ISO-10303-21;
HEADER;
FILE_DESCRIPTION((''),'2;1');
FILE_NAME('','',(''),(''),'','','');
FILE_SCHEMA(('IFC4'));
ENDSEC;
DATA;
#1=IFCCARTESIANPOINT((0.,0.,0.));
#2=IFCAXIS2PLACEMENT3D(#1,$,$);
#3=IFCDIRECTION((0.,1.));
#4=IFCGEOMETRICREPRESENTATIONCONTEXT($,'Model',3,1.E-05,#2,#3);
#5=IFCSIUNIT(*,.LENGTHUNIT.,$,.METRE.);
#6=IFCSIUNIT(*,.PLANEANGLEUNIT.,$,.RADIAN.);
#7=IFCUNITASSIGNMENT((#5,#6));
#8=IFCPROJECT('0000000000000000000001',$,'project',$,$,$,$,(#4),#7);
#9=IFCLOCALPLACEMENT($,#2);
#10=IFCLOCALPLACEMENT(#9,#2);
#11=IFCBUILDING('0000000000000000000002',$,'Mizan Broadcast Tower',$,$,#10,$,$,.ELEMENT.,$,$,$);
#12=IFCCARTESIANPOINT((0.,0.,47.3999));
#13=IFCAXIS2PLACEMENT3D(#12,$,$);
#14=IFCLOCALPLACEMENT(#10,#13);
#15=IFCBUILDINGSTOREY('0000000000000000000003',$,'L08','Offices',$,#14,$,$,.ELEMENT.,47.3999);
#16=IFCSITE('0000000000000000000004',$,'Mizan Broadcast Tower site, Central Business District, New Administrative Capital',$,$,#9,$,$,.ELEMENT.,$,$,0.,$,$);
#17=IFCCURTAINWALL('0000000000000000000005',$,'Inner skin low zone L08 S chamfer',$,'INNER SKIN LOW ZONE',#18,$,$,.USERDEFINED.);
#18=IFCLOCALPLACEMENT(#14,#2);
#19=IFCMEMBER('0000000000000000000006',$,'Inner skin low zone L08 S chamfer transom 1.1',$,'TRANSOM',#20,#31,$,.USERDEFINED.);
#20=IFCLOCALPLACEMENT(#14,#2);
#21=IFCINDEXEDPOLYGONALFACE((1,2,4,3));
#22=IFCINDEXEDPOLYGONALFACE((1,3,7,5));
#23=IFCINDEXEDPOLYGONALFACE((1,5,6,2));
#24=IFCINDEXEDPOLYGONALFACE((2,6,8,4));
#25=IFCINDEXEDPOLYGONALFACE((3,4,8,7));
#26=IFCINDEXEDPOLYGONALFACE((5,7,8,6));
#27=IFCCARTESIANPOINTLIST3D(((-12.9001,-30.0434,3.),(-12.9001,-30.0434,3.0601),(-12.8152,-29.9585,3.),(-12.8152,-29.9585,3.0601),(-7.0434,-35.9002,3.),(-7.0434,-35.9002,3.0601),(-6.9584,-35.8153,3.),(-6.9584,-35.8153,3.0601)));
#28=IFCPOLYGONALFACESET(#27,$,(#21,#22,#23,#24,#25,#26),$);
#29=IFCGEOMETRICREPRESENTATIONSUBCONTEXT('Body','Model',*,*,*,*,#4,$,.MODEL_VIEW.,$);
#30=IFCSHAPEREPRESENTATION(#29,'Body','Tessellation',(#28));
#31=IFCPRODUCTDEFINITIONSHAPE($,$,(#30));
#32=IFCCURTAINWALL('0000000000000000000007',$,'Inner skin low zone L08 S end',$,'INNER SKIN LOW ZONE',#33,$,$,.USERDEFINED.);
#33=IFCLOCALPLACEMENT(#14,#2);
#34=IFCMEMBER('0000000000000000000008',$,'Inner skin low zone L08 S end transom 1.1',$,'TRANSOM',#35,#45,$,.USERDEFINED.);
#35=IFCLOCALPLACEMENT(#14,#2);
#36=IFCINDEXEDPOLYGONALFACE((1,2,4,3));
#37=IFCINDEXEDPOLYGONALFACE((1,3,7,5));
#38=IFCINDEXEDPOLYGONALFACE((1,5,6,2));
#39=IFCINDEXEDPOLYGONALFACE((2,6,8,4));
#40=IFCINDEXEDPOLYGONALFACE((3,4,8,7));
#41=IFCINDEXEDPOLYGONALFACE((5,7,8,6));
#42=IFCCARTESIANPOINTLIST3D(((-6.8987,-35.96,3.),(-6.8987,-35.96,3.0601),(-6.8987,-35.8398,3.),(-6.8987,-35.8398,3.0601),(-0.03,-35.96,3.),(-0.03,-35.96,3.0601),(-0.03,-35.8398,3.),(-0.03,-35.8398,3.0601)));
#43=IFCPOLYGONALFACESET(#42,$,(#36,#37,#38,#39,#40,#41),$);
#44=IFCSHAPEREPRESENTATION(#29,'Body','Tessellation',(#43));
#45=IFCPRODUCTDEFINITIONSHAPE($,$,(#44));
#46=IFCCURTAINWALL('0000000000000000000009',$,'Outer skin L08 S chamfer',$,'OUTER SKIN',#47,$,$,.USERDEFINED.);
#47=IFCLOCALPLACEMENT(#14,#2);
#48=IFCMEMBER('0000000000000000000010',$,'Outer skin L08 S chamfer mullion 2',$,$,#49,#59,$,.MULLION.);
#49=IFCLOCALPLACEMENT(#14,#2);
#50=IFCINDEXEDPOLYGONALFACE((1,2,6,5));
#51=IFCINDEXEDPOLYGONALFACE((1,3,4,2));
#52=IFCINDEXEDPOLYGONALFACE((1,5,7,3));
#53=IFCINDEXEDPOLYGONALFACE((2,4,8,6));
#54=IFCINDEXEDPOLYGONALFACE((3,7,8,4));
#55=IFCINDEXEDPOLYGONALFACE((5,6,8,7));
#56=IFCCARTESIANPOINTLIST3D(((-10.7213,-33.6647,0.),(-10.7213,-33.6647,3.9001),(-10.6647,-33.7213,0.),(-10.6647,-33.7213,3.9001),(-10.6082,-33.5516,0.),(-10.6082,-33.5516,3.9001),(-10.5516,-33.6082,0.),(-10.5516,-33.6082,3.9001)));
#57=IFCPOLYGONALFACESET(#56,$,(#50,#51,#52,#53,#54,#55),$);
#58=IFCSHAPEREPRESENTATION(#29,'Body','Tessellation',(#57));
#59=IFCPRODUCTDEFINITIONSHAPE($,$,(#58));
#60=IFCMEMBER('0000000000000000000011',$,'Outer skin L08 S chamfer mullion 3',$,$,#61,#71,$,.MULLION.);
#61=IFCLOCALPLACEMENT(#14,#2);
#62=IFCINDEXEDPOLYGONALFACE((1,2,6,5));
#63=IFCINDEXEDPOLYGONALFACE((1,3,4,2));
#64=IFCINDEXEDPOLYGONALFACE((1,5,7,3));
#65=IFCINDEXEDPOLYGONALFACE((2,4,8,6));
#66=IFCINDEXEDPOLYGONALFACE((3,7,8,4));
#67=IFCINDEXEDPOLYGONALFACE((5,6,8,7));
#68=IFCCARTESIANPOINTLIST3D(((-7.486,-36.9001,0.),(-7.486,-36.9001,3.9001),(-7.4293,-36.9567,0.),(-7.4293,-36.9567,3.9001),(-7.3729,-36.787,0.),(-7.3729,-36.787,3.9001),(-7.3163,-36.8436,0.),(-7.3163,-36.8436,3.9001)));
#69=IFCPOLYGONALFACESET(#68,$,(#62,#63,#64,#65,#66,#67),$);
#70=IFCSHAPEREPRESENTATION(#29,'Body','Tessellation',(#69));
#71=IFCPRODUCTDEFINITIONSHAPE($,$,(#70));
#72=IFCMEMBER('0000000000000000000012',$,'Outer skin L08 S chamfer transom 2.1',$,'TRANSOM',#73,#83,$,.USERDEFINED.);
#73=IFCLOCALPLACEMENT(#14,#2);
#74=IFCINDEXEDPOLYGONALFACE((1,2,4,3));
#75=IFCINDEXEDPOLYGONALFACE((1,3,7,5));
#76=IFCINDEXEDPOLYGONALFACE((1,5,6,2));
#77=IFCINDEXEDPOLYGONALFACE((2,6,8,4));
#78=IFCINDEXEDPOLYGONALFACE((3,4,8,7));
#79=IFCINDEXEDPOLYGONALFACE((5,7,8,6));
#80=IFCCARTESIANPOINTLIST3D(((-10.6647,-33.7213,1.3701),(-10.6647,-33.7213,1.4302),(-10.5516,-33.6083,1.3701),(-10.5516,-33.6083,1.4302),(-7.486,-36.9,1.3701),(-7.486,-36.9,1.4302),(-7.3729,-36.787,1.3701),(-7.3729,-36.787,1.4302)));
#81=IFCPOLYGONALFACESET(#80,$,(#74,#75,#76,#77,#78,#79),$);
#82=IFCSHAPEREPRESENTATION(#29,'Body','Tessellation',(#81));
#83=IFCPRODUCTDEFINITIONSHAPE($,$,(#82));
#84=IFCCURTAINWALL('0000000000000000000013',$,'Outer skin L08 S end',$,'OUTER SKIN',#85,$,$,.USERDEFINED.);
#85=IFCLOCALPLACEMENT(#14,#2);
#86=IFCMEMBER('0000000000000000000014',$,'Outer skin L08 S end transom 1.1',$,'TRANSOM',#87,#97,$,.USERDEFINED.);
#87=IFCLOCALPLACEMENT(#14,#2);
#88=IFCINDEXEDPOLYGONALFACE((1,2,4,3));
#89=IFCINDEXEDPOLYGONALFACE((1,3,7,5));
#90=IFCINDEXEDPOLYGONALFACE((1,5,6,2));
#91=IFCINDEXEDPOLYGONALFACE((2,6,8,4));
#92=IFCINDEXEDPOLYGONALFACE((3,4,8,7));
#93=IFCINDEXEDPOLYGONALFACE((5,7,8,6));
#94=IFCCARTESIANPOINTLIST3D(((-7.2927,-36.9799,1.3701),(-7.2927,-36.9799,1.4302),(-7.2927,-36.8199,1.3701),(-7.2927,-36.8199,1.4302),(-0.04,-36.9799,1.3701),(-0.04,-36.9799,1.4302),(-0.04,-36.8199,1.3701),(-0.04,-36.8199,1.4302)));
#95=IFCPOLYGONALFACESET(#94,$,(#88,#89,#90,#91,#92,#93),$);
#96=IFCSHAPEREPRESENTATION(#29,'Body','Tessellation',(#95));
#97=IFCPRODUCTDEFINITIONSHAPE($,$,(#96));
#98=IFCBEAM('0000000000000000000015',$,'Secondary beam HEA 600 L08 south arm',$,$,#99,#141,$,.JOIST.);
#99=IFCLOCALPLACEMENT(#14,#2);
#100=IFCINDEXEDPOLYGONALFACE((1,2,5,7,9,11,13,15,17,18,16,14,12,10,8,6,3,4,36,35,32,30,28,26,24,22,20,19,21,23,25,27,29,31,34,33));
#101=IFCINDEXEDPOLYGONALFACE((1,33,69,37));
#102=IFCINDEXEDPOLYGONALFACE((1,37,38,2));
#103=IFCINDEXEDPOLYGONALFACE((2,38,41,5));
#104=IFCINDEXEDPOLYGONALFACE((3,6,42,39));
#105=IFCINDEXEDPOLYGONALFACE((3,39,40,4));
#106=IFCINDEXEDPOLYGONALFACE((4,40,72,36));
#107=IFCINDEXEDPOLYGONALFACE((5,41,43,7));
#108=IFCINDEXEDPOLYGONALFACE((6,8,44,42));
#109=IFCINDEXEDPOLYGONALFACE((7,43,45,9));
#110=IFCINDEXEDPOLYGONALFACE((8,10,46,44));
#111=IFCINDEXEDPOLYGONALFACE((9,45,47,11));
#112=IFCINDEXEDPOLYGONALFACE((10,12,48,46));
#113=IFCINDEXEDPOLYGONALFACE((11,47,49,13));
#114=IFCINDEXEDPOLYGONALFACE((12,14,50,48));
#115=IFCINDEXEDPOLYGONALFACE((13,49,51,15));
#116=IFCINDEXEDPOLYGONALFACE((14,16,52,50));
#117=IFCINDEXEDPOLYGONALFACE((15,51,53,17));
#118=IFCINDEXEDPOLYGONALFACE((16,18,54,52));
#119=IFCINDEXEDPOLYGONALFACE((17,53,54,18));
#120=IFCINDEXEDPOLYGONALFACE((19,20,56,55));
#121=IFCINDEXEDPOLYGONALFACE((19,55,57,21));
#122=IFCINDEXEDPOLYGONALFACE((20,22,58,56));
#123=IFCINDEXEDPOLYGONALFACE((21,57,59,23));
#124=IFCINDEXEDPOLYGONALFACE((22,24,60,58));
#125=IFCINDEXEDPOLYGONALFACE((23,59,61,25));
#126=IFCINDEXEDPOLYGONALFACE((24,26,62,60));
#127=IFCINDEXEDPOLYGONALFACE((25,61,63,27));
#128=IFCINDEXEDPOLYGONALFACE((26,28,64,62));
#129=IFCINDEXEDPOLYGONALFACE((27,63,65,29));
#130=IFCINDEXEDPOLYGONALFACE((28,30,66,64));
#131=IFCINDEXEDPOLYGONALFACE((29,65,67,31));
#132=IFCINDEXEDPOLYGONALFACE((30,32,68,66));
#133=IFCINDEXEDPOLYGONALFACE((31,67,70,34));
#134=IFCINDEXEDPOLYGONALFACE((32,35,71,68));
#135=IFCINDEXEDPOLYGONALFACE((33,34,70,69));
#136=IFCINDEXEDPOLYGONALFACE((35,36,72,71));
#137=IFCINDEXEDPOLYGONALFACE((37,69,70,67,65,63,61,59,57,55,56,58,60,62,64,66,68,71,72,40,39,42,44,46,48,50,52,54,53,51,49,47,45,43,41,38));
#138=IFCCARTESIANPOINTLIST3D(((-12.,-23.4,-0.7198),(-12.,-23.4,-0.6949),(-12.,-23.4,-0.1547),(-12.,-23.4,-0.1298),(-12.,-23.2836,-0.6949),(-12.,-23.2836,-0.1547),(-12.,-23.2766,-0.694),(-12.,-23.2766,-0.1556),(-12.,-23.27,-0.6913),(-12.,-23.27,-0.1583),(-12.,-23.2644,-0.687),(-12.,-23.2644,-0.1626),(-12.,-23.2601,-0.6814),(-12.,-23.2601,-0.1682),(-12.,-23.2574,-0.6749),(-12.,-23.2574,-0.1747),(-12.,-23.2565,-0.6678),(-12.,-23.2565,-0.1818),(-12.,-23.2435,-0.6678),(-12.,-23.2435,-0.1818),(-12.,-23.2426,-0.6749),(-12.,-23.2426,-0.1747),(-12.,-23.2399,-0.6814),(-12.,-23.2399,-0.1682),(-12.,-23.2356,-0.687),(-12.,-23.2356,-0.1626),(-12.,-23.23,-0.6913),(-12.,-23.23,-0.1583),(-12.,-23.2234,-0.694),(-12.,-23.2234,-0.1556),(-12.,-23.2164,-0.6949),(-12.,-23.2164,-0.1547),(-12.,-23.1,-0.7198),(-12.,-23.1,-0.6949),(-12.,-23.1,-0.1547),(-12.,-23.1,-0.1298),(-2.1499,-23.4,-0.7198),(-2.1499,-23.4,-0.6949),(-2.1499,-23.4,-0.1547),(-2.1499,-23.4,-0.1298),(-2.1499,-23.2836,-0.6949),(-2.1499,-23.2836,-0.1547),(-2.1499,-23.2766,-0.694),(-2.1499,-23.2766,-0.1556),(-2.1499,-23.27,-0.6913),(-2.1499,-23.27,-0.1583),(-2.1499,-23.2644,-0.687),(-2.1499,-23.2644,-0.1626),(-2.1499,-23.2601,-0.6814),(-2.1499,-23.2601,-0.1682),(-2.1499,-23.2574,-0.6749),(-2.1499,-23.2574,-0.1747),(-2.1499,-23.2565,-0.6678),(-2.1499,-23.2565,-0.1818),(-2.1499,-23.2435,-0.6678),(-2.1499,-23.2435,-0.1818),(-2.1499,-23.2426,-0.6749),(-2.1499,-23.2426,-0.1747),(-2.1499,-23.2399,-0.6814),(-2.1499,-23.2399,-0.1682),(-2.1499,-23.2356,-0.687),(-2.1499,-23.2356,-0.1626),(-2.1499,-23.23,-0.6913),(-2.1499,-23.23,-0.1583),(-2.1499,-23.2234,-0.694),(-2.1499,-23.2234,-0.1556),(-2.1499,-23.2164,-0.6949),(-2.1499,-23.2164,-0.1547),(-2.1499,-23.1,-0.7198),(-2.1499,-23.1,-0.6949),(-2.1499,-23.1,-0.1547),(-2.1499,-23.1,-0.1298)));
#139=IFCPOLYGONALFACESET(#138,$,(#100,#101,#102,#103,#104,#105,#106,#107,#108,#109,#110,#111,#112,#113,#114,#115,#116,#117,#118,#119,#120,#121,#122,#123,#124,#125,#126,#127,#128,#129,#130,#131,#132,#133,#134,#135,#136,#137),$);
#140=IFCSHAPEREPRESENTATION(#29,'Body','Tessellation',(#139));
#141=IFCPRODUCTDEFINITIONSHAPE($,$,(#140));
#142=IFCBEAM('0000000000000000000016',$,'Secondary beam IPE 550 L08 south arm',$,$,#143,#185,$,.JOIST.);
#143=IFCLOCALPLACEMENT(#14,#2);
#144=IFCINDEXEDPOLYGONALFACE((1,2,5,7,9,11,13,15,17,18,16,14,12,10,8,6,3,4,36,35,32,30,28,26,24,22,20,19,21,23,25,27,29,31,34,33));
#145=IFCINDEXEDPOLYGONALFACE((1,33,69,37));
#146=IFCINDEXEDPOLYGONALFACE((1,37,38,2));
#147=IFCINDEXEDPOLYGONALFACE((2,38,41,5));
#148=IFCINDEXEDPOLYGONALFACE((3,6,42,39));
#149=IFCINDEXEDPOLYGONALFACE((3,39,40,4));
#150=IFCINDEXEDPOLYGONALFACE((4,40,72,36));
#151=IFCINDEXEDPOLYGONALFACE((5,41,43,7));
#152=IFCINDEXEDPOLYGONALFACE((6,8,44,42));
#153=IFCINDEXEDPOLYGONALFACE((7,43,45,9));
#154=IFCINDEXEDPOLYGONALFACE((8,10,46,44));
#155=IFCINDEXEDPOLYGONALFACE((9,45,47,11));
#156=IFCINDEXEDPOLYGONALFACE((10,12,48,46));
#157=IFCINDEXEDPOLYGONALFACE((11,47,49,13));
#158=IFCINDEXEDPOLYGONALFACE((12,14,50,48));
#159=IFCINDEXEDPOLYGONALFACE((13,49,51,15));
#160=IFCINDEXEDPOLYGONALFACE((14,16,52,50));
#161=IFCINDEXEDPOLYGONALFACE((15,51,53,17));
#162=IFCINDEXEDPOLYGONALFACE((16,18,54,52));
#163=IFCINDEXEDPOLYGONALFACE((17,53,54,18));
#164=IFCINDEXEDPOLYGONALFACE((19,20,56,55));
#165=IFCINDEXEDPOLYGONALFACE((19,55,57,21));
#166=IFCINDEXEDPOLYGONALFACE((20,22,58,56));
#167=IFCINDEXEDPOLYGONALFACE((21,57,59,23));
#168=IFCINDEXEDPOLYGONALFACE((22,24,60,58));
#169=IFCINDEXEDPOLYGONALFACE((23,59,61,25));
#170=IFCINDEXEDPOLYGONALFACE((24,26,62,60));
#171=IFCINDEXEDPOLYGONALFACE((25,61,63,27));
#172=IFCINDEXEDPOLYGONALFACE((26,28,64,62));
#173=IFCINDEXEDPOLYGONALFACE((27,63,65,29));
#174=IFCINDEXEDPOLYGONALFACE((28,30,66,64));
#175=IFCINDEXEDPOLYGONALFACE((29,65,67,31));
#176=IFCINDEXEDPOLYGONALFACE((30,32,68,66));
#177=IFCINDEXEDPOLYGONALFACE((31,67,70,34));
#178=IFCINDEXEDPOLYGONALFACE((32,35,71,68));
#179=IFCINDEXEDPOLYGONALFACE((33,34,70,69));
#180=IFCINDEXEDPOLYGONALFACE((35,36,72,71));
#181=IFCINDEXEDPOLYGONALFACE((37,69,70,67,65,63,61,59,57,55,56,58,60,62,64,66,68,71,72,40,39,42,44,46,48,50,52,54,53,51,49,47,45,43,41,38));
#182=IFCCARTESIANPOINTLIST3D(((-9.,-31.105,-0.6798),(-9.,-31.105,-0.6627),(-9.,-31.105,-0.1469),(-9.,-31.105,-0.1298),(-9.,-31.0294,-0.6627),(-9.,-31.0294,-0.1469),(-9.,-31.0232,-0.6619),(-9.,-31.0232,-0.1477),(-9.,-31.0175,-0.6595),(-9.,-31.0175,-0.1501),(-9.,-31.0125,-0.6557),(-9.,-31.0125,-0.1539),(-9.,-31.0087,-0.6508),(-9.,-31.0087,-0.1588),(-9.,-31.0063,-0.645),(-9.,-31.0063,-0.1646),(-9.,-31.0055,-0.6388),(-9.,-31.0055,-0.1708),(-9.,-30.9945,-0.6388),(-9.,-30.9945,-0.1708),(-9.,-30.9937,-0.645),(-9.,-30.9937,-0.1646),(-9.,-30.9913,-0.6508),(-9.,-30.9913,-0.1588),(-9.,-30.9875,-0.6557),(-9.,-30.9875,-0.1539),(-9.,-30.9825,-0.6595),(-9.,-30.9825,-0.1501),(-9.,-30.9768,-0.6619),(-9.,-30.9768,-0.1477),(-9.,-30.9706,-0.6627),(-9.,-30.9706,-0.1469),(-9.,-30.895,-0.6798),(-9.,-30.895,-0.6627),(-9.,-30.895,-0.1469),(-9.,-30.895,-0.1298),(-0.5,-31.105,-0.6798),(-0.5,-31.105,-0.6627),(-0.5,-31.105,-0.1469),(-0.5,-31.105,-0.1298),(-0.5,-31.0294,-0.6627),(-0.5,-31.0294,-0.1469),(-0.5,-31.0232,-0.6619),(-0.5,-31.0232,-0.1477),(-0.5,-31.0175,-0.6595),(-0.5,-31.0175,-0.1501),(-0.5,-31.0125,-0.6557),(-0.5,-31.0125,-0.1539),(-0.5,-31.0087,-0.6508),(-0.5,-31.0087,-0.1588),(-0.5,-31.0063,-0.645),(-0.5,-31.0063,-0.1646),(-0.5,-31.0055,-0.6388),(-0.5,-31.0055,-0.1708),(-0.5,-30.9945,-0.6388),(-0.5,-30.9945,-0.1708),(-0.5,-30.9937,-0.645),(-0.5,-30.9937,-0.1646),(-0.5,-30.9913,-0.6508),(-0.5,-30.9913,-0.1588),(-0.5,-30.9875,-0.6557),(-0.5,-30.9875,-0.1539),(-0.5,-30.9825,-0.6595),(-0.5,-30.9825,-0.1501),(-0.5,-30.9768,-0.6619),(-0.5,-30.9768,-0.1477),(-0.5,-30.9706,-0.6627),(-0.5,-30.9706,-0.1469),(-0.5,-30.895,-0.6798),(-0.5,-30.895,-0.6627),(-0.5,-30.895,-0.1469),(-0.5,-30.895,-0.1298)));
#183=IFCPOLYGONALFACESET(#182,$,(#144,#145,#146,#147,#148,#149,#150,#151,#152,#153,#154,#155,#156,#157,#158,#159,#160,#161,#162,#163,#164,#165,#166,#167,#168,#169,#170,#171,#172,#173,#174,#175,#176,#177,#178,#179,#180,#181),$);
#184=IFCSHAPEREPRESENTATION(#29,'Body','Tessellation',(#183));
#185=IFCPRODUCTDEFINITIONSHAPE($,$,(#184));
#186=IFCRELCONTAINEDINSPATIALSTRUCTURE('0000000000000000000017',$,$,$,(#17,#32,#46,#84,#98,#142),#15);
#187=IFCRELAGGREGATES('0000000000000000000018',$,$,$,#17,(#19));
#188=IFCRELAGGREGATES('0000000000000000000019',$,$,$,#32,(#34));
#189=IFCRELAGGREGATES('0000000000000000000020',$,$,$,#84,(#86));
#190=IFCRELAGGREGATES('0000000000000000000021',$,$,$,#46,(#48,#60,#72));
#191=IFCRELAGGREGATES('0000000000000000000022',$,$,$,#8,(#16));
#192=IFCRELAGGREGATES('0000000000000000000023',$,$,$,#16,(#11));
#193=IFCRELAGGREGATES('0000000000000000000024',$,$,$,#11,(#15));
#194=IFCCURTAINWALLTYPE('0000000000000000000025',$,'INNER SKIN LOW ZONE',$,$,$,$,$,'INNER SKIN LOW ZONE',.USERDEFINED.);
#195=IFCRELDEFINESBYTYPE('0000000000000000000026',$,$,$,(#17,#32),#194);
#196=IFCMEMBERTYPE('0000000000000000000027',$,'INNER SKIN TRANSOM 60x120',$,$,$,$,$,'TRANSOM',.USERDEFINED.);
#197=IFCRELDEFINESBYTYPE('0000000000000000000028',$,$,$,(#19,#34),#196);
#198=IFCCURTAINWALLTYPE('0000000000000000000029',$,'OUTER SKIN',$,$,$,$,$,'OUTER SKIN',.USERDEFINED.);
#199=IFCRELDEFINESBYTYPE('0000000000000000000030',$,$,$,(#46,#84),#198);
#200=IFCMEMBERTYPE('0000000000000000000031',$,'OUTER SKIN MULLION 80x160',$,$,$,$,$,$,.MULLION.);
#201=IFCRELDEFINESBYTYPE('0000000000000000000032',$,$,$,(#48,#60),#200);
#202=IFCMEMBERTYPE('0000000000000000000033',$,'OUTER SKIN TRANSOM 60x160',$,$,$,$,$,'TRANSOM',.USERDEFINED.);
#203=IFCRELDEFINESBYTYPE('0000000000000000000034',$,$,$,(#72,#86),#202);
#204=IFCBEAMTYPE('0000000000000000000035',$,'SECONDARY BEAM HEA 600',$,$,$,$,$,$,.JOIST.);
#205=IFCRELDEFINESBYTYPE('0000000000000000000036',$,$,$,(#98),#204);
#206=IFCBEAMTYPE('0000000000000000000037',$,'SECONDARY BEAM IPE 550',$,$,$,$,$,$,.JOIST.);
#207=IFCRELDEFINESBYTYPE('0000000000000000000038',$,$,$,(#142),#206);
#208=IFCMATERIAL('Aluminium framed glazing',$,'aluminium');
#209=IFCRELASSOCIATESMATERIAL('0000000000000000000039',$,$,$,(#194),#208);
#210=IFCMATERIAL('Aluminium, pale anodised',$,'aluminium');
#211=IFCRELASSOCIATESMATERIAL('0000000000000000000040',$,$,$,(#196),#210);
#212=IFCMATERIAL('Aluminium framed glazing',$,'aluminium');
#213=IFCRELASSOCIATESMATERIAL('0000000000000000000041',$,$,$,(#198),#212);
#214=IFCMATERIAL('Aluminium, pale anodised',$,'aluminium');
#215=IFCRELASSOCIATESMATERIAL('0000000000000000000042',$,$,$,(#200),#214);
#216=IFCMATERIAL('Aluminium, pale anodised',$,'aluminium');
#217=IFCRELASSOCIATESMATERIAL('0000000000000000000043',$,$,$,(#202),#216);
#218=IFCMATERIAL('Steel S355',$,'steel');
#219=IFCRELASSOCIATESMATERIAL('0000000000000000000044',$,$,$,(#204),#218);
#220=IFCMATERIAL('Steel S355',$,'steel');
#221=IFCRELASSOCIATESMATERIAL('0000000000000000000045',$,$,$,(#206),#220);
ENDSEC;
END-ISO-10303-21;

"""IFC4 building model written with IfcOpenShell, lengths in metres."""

from ifc_helpers import new_model, si_unit, direction, frame, origin, origin_2d, place, context, subcontext, project, spatial, rectangle, i_section, extrude, material, material_profile, profile_set, type_object, element, aggregate, save


model = new_model("IFC4")

# Units and contexts
model_context = context("Model", 3, precision=1e-05, world=origin(), true_north=direction((0.0, 1.0)))
body_context = subcontext(model_context, "Body", "Model", "MODEL_VIEW")
ifc_project = project(units=[si_unit("LENGTHUNIT", "METRE"), si_unit("PLANEANGLEUNIT", "RADIAN")], contexts=[model_context])

# Site, building, storey
site_placement = place(None, origin())
site = spatial("IfcSite", under=ifc_project, at=site_placement, Name="Mizan Broadcast Tower site, Central Business District, New Administrative Capital", CompositionType="ELEMENT", RefElevation=0.0)
building_placement = place(site_placement, origin())
building = spatial("IfcBuilding", under=site, at=building_placement, Name="Mizan Broadcast Tower", CompositionType="ELEMENT")
storey_placement = place(building_placement, frame((0.0, 0.0, 47.3999)))
storey = spatial("IfcBuildingStorey", under=building, at=storey_placement, Name="L08", Description="Offices", CompositionType="ELEMENT", Elevation=47.3999)

# Shared definitions
ifc_material_1 = material(Name="Aluminium framed glazing", Category="aluminium")
curtain_wall_type_1 = type_object("IfcCurtainWallType", Name="INNER SKIN LOW ZONE", ElementType="INNER SKIN LOW ZONE", PredefinedType="USERDEFINED", material=ifc_material_1)

# Curtain wall
curtain_wall_1_placement = place(storey_placement, origin())
curtain_wall_1 = element("IfcCurtainWall", 1, at=curtain_wall_1_placement, inside=storey, type_object=curtain_wall_type_1, Name="Inner skin low zone L08 S chamfer", ObjectType="INNER SKIN LOW ZONE", PredefinedType="USERDEFINED")

# Member
ifc_material_2 = material(Name="Aluminium, pale anodised", Category="aluminium")
ifc_material_profile_1 = material_profile(ifc_material_2, rectangle(XDim=0.1201, YDim=0.0601, at=origin_2d()), Name="TRANSOM 120x60")
ifc_profile_set_1 = profile_set([ifc_material_profile_1], Name="Aluminium, pale anodised")
member_type_1 = type_object("IfcMemberType", Name="INNER SKIN TRANSOM 60x120", ElementType="TRANSOM", PredefinedType="USERDEFINED", material=ifc_profile_set_1)
member_1_placement = place(storey_placement, frame((-12.8577, -30.001, 3.03), z_axis=(0.707107, -0.707107, 0.0), x_axis=(0.707107, 0.707107, 0.0)))
member_1 = element("IfcMember", 2, at=member_1_placement, type_object=member_type_1, Name="Inner skin low zone L08 S chamfer transom 1.1", ObjectType="TRANSOM", PredefinedType="USERDEFINED", context=body_context, shape_type="SweptSolid", body=[
    extrude(rectangle(XDim=0.1201, YDim=0.0601, at=origin_2d()), origin(), (0.0, 0.0, 1.0), 8.2827),
])

# Curtain wall, member
curtain_wall_2_placement = place(storey_placement, origin())
curtain_wall_2 = element("IfcCurtainWall", 3, at=curtain_wall_2_placement, inside=storey, type_object=curtain_wall_type_1, Name="Inner skin low zone L08 S end", ObjectType="INNER SKIN LOW ZONE", PredefinedType="USERDEFINED")
member_2_placement = place(storey_placement, frame((-6.8987, -35.8999, 3.03), z_axis=(1.0, 0.0, 0.0), x_axis=(0.0, 1.0, 0.0)))
member_2 = element("IfcMember", 4, at=member_2_placement, type_object=member_type_1, Name="Inner skin low zone L08 S end transom 1.1", ObjectType="TRANSOM", PredefinedType="USERDEFINED", context=body_context, shape_type="SweptSolid", body=[
    extrude(rectangle(XDim=0.1201, YDim=0.0601, at=origin_2d()), origin(), (0.0, 0.0, 1.0), 6.8687),
])

# Curtain wall, members
ifc_material_3 = material(Name="Aluminium framed glazing", Category="aluminium")
curtain_wall_type_2 = type_object("IfcCurtainWallType", Name="OUTER SKIN", ElementType="OUTER SKIN", PredefinedType="USERDEFINED", material=ifc_material_3)
curtain_wall_3_placement = place(storey_placement, origin())
curtain_wall_3 = element("IfcCurtainWall", 5, at=curtain_wall_3_placement, inside=storey, type_object=curtain_wall_type_2, Name="Outer skin L08 S chamfer", ObjectType="OUTER SKIN", PredefinedType="USERDEFINED")
ifc_material_4 = material(Name="Aluminium, pale anodised", Category="aluminium")
ifc_material_profile_2 = material_profile(ifc_material_4, rectangle(XDim=0.1599, YDim=0.0801, at=origin_2d()), Name="MULLION 160x80")
ifc_profile_set_2 = profile_set([ifc_material_profile_2], Name="Aluminium, pale anodised")
member_type_2 = type_object("IfcMemberType", Name="OUTER SKIN MULLION 80x160", PredefinedType="MULLION", material=ifc_profile_set_2)
member_3_placement = place(storey_placement, frame((-10.6365, -33.6365, 0.0), z_axis=(0.0, 0.0, 1.0), x_axis=(0.707107, 0.707107, 0.0)))
member_3 = element("IfcMember", 6, at=member_3_placement, type_object=member_type_2, Name="Outer skin L08 S chamfer mullion 2", PredefinedType="MULLION", context=body_context, shape_type="SweptSolid", body=[
    extrude(rectangle(XDim=0.1599, YDim=0.0801, at=origin_2d()), origin(), (0.0, 0.0, 1.0), 3.9001),
])
member_4_placement = place(storey_placement, frame((-7.4011, -36.8718, 0.0), z_axis=(0.0, 0.0, 1.0), x_axis=(0.707107, 0.707107, 0.0)))
member_4 = element("IfcMember", 7, at=member_4_placement, type_object=member_type_2, Name="Outer skin L08 S chamfer mullion 3", PredefinedType="MULLION", context=body_context, shape_type="SweptSolid", body=[
    extrude(rectangle(XDim=0.1599, YDim=0.0801, at=origin_2d()), origin(), (0.0, 0.0, 1.0), 3.9001),
])
ifc_material_5 = material(Name="Aluminium, pale anodised", Category="aluminium")
ifc_material_profile_3 = material_profile(ifc_material_5, rectangle(XDim=0.1599, YDim=0.0601, at=origin_2d()), Name="TRANSOM 160x60")
ifc_profile_set_3 = profile_set([ifc_material_profile_3], Name="Aluminium, pale anodised")
member_type_3 = type_object("IfcMemberType", Name="OUTER SKIN TRANSOM 60x160", ElementType="TRANSOM", PredefinedType="USERDEFINED", material=ifc_profile_set_3)
member_5_placement = place(storey_placement, frame((-10.6082, -33.6648, 1.4001), z_axis=(0.707107, -0.707107, 0.0), x_axis=(0.707107, 0.707107, 0.0)))
member_5 = element("IfcMember", 8, at=member_5_placement, type_object=member_type_3, Name="Outer skin L08 S chamfer transom 2.1", ObjectType="TRANSOM", PredefinedType="USERDEFINED", context=body_context, shape_type="SweptSolid", body=[
    extrude(rectangle(XDim=0.1599, YDim=0.0601, at=origin_2d()), origin(), (0.0, 0.0, 1.0), 4.4954),
])

# Curtain wall, member
curtain_wall_4_placement = place(storey_placement, origin())
curtain_wall_4 = element("IfcCurtainWall", 9, at=curtain_wall_4_placement, inside=storey, type_object=curtain_wall_type_2, Name="Outer skin L08 S end", ObjectType="OUTER SKIN", PredefinedType="USERDEFINED")
member_6_placement = place(storey_placement, frame((-7.2927, -36.8999, 1.4001), z_axis=(1.0, 0.0, 0.0), x_axis=(0.0, 1.0, 0.0)))
member_6 = element("IfcMember", 10, at=member_6_placement, type_object=member_type_3, Name="Outer skin L08 S end transom 1.1", ObjectType="TRANSOM", PredefinedType="USERDEFINED", context=body_context, shape_type="SweptSolid", body=[
    extrude(rectangle(XDim=0.1599, YDim=0.0601, at=origin_2d()), origin(), (0.0, 0.0, 1.0), 7.2527),
])

# Beams
ifc_material_6 = material(Name="Steel S355", Category="steel")
ifc_material_profile_4 = material_profile(ifc_material_6, i_section(OverallWidth=0.3, OverallDepth=0.5901, WebThickness=0.0129, FlangeThickness=0.0249, FilletRadius=0.0271, at=origin_2d()), Name="HEA 600")
ifc_profile_set_4 = profile_set([ifc_material_profile_4], Name="Steel S355")
beam_type_1 = type_object("IfcBeamType", Name="SECONDARY BEAM HEA 600", PredefinedType="JOIST", material=ifc_profile_set_4)
beam_1_placement = place(storey_placement, frame((-12.0, -23.25, -0.4248), z_axis=(1.0, 0.0, 0.0), x_axis=(0.0, 1.0, 0.0)))
element("IfcBeam", 11, at=beam_1_placement, inside=storey, type_object=beam_type_1, Name="Secondary beam HEA 600 L08 south arm", PredefinedType="JOIST", context=body_context, shape_type="SweptSolid", body=[
    extrude(i_section(OverallWidth=0.3, OverallDepth=0.5901, WebThickness=0.0129, FlangeThickness=0.0249, FilletRadius=0.0271, at=origin_2d()), origin(), (0.0, 0.0, 1.0), 9.8501),
])
ifc_material_7 = material(Name="Steel S355", Category="steel")
ifc_material_profile_5 = material_profile(ifc_material_7, i_section(OverallWidth=0.21, OverallDepth=0.55, WebThickness=0.011, FlangeThickness=0.0171, FilletRadius=0.0239, at=origin_2d()), Name="IPE 550")
ifc_profile_set_5 = profile_set([ifc_material_profile_5], Name="Steel S355")
beam_type_2 = type_object("IfcBeamType", Name="SECONDARY BEAM IPE 550", PredefinedType="JOIST", material=ifc_profile_set_5)
beam_2_placement = place(storey_placement, frame((-9.0, -31.0, -0.4048), z_axis=(1.0, 0.0, 0.0), x_axis=(0.0, 1.0, 0.0)))
element("IfcBeam", 12, at=beam_2_placement, inside=storey, type_object=beam_type_2, Name="Secondary beam IPE 550 L08 south arm", PredefinedType="JOIST", context=body_context, shape_type="SweptSolid", body=[
    extrude(i_section(OverallWidth=0.21, OverallDepth=0.55, WebThickness=0.011, FlangeThickness=0.0171, FilletRadius=0.0239, at=origin_2d()), origin(), (0.0, 0.0, 1.0), 8.5),
])

aggregate(curtain_wall_1, [member_1])
aggregate(curtain_wall_2, [member_2])
aggregate(curtain_wall_4, [member_6])
aggregate(curtain_wall_3, [member_3, member_4, member_5])

save(model, "model.ifc")
